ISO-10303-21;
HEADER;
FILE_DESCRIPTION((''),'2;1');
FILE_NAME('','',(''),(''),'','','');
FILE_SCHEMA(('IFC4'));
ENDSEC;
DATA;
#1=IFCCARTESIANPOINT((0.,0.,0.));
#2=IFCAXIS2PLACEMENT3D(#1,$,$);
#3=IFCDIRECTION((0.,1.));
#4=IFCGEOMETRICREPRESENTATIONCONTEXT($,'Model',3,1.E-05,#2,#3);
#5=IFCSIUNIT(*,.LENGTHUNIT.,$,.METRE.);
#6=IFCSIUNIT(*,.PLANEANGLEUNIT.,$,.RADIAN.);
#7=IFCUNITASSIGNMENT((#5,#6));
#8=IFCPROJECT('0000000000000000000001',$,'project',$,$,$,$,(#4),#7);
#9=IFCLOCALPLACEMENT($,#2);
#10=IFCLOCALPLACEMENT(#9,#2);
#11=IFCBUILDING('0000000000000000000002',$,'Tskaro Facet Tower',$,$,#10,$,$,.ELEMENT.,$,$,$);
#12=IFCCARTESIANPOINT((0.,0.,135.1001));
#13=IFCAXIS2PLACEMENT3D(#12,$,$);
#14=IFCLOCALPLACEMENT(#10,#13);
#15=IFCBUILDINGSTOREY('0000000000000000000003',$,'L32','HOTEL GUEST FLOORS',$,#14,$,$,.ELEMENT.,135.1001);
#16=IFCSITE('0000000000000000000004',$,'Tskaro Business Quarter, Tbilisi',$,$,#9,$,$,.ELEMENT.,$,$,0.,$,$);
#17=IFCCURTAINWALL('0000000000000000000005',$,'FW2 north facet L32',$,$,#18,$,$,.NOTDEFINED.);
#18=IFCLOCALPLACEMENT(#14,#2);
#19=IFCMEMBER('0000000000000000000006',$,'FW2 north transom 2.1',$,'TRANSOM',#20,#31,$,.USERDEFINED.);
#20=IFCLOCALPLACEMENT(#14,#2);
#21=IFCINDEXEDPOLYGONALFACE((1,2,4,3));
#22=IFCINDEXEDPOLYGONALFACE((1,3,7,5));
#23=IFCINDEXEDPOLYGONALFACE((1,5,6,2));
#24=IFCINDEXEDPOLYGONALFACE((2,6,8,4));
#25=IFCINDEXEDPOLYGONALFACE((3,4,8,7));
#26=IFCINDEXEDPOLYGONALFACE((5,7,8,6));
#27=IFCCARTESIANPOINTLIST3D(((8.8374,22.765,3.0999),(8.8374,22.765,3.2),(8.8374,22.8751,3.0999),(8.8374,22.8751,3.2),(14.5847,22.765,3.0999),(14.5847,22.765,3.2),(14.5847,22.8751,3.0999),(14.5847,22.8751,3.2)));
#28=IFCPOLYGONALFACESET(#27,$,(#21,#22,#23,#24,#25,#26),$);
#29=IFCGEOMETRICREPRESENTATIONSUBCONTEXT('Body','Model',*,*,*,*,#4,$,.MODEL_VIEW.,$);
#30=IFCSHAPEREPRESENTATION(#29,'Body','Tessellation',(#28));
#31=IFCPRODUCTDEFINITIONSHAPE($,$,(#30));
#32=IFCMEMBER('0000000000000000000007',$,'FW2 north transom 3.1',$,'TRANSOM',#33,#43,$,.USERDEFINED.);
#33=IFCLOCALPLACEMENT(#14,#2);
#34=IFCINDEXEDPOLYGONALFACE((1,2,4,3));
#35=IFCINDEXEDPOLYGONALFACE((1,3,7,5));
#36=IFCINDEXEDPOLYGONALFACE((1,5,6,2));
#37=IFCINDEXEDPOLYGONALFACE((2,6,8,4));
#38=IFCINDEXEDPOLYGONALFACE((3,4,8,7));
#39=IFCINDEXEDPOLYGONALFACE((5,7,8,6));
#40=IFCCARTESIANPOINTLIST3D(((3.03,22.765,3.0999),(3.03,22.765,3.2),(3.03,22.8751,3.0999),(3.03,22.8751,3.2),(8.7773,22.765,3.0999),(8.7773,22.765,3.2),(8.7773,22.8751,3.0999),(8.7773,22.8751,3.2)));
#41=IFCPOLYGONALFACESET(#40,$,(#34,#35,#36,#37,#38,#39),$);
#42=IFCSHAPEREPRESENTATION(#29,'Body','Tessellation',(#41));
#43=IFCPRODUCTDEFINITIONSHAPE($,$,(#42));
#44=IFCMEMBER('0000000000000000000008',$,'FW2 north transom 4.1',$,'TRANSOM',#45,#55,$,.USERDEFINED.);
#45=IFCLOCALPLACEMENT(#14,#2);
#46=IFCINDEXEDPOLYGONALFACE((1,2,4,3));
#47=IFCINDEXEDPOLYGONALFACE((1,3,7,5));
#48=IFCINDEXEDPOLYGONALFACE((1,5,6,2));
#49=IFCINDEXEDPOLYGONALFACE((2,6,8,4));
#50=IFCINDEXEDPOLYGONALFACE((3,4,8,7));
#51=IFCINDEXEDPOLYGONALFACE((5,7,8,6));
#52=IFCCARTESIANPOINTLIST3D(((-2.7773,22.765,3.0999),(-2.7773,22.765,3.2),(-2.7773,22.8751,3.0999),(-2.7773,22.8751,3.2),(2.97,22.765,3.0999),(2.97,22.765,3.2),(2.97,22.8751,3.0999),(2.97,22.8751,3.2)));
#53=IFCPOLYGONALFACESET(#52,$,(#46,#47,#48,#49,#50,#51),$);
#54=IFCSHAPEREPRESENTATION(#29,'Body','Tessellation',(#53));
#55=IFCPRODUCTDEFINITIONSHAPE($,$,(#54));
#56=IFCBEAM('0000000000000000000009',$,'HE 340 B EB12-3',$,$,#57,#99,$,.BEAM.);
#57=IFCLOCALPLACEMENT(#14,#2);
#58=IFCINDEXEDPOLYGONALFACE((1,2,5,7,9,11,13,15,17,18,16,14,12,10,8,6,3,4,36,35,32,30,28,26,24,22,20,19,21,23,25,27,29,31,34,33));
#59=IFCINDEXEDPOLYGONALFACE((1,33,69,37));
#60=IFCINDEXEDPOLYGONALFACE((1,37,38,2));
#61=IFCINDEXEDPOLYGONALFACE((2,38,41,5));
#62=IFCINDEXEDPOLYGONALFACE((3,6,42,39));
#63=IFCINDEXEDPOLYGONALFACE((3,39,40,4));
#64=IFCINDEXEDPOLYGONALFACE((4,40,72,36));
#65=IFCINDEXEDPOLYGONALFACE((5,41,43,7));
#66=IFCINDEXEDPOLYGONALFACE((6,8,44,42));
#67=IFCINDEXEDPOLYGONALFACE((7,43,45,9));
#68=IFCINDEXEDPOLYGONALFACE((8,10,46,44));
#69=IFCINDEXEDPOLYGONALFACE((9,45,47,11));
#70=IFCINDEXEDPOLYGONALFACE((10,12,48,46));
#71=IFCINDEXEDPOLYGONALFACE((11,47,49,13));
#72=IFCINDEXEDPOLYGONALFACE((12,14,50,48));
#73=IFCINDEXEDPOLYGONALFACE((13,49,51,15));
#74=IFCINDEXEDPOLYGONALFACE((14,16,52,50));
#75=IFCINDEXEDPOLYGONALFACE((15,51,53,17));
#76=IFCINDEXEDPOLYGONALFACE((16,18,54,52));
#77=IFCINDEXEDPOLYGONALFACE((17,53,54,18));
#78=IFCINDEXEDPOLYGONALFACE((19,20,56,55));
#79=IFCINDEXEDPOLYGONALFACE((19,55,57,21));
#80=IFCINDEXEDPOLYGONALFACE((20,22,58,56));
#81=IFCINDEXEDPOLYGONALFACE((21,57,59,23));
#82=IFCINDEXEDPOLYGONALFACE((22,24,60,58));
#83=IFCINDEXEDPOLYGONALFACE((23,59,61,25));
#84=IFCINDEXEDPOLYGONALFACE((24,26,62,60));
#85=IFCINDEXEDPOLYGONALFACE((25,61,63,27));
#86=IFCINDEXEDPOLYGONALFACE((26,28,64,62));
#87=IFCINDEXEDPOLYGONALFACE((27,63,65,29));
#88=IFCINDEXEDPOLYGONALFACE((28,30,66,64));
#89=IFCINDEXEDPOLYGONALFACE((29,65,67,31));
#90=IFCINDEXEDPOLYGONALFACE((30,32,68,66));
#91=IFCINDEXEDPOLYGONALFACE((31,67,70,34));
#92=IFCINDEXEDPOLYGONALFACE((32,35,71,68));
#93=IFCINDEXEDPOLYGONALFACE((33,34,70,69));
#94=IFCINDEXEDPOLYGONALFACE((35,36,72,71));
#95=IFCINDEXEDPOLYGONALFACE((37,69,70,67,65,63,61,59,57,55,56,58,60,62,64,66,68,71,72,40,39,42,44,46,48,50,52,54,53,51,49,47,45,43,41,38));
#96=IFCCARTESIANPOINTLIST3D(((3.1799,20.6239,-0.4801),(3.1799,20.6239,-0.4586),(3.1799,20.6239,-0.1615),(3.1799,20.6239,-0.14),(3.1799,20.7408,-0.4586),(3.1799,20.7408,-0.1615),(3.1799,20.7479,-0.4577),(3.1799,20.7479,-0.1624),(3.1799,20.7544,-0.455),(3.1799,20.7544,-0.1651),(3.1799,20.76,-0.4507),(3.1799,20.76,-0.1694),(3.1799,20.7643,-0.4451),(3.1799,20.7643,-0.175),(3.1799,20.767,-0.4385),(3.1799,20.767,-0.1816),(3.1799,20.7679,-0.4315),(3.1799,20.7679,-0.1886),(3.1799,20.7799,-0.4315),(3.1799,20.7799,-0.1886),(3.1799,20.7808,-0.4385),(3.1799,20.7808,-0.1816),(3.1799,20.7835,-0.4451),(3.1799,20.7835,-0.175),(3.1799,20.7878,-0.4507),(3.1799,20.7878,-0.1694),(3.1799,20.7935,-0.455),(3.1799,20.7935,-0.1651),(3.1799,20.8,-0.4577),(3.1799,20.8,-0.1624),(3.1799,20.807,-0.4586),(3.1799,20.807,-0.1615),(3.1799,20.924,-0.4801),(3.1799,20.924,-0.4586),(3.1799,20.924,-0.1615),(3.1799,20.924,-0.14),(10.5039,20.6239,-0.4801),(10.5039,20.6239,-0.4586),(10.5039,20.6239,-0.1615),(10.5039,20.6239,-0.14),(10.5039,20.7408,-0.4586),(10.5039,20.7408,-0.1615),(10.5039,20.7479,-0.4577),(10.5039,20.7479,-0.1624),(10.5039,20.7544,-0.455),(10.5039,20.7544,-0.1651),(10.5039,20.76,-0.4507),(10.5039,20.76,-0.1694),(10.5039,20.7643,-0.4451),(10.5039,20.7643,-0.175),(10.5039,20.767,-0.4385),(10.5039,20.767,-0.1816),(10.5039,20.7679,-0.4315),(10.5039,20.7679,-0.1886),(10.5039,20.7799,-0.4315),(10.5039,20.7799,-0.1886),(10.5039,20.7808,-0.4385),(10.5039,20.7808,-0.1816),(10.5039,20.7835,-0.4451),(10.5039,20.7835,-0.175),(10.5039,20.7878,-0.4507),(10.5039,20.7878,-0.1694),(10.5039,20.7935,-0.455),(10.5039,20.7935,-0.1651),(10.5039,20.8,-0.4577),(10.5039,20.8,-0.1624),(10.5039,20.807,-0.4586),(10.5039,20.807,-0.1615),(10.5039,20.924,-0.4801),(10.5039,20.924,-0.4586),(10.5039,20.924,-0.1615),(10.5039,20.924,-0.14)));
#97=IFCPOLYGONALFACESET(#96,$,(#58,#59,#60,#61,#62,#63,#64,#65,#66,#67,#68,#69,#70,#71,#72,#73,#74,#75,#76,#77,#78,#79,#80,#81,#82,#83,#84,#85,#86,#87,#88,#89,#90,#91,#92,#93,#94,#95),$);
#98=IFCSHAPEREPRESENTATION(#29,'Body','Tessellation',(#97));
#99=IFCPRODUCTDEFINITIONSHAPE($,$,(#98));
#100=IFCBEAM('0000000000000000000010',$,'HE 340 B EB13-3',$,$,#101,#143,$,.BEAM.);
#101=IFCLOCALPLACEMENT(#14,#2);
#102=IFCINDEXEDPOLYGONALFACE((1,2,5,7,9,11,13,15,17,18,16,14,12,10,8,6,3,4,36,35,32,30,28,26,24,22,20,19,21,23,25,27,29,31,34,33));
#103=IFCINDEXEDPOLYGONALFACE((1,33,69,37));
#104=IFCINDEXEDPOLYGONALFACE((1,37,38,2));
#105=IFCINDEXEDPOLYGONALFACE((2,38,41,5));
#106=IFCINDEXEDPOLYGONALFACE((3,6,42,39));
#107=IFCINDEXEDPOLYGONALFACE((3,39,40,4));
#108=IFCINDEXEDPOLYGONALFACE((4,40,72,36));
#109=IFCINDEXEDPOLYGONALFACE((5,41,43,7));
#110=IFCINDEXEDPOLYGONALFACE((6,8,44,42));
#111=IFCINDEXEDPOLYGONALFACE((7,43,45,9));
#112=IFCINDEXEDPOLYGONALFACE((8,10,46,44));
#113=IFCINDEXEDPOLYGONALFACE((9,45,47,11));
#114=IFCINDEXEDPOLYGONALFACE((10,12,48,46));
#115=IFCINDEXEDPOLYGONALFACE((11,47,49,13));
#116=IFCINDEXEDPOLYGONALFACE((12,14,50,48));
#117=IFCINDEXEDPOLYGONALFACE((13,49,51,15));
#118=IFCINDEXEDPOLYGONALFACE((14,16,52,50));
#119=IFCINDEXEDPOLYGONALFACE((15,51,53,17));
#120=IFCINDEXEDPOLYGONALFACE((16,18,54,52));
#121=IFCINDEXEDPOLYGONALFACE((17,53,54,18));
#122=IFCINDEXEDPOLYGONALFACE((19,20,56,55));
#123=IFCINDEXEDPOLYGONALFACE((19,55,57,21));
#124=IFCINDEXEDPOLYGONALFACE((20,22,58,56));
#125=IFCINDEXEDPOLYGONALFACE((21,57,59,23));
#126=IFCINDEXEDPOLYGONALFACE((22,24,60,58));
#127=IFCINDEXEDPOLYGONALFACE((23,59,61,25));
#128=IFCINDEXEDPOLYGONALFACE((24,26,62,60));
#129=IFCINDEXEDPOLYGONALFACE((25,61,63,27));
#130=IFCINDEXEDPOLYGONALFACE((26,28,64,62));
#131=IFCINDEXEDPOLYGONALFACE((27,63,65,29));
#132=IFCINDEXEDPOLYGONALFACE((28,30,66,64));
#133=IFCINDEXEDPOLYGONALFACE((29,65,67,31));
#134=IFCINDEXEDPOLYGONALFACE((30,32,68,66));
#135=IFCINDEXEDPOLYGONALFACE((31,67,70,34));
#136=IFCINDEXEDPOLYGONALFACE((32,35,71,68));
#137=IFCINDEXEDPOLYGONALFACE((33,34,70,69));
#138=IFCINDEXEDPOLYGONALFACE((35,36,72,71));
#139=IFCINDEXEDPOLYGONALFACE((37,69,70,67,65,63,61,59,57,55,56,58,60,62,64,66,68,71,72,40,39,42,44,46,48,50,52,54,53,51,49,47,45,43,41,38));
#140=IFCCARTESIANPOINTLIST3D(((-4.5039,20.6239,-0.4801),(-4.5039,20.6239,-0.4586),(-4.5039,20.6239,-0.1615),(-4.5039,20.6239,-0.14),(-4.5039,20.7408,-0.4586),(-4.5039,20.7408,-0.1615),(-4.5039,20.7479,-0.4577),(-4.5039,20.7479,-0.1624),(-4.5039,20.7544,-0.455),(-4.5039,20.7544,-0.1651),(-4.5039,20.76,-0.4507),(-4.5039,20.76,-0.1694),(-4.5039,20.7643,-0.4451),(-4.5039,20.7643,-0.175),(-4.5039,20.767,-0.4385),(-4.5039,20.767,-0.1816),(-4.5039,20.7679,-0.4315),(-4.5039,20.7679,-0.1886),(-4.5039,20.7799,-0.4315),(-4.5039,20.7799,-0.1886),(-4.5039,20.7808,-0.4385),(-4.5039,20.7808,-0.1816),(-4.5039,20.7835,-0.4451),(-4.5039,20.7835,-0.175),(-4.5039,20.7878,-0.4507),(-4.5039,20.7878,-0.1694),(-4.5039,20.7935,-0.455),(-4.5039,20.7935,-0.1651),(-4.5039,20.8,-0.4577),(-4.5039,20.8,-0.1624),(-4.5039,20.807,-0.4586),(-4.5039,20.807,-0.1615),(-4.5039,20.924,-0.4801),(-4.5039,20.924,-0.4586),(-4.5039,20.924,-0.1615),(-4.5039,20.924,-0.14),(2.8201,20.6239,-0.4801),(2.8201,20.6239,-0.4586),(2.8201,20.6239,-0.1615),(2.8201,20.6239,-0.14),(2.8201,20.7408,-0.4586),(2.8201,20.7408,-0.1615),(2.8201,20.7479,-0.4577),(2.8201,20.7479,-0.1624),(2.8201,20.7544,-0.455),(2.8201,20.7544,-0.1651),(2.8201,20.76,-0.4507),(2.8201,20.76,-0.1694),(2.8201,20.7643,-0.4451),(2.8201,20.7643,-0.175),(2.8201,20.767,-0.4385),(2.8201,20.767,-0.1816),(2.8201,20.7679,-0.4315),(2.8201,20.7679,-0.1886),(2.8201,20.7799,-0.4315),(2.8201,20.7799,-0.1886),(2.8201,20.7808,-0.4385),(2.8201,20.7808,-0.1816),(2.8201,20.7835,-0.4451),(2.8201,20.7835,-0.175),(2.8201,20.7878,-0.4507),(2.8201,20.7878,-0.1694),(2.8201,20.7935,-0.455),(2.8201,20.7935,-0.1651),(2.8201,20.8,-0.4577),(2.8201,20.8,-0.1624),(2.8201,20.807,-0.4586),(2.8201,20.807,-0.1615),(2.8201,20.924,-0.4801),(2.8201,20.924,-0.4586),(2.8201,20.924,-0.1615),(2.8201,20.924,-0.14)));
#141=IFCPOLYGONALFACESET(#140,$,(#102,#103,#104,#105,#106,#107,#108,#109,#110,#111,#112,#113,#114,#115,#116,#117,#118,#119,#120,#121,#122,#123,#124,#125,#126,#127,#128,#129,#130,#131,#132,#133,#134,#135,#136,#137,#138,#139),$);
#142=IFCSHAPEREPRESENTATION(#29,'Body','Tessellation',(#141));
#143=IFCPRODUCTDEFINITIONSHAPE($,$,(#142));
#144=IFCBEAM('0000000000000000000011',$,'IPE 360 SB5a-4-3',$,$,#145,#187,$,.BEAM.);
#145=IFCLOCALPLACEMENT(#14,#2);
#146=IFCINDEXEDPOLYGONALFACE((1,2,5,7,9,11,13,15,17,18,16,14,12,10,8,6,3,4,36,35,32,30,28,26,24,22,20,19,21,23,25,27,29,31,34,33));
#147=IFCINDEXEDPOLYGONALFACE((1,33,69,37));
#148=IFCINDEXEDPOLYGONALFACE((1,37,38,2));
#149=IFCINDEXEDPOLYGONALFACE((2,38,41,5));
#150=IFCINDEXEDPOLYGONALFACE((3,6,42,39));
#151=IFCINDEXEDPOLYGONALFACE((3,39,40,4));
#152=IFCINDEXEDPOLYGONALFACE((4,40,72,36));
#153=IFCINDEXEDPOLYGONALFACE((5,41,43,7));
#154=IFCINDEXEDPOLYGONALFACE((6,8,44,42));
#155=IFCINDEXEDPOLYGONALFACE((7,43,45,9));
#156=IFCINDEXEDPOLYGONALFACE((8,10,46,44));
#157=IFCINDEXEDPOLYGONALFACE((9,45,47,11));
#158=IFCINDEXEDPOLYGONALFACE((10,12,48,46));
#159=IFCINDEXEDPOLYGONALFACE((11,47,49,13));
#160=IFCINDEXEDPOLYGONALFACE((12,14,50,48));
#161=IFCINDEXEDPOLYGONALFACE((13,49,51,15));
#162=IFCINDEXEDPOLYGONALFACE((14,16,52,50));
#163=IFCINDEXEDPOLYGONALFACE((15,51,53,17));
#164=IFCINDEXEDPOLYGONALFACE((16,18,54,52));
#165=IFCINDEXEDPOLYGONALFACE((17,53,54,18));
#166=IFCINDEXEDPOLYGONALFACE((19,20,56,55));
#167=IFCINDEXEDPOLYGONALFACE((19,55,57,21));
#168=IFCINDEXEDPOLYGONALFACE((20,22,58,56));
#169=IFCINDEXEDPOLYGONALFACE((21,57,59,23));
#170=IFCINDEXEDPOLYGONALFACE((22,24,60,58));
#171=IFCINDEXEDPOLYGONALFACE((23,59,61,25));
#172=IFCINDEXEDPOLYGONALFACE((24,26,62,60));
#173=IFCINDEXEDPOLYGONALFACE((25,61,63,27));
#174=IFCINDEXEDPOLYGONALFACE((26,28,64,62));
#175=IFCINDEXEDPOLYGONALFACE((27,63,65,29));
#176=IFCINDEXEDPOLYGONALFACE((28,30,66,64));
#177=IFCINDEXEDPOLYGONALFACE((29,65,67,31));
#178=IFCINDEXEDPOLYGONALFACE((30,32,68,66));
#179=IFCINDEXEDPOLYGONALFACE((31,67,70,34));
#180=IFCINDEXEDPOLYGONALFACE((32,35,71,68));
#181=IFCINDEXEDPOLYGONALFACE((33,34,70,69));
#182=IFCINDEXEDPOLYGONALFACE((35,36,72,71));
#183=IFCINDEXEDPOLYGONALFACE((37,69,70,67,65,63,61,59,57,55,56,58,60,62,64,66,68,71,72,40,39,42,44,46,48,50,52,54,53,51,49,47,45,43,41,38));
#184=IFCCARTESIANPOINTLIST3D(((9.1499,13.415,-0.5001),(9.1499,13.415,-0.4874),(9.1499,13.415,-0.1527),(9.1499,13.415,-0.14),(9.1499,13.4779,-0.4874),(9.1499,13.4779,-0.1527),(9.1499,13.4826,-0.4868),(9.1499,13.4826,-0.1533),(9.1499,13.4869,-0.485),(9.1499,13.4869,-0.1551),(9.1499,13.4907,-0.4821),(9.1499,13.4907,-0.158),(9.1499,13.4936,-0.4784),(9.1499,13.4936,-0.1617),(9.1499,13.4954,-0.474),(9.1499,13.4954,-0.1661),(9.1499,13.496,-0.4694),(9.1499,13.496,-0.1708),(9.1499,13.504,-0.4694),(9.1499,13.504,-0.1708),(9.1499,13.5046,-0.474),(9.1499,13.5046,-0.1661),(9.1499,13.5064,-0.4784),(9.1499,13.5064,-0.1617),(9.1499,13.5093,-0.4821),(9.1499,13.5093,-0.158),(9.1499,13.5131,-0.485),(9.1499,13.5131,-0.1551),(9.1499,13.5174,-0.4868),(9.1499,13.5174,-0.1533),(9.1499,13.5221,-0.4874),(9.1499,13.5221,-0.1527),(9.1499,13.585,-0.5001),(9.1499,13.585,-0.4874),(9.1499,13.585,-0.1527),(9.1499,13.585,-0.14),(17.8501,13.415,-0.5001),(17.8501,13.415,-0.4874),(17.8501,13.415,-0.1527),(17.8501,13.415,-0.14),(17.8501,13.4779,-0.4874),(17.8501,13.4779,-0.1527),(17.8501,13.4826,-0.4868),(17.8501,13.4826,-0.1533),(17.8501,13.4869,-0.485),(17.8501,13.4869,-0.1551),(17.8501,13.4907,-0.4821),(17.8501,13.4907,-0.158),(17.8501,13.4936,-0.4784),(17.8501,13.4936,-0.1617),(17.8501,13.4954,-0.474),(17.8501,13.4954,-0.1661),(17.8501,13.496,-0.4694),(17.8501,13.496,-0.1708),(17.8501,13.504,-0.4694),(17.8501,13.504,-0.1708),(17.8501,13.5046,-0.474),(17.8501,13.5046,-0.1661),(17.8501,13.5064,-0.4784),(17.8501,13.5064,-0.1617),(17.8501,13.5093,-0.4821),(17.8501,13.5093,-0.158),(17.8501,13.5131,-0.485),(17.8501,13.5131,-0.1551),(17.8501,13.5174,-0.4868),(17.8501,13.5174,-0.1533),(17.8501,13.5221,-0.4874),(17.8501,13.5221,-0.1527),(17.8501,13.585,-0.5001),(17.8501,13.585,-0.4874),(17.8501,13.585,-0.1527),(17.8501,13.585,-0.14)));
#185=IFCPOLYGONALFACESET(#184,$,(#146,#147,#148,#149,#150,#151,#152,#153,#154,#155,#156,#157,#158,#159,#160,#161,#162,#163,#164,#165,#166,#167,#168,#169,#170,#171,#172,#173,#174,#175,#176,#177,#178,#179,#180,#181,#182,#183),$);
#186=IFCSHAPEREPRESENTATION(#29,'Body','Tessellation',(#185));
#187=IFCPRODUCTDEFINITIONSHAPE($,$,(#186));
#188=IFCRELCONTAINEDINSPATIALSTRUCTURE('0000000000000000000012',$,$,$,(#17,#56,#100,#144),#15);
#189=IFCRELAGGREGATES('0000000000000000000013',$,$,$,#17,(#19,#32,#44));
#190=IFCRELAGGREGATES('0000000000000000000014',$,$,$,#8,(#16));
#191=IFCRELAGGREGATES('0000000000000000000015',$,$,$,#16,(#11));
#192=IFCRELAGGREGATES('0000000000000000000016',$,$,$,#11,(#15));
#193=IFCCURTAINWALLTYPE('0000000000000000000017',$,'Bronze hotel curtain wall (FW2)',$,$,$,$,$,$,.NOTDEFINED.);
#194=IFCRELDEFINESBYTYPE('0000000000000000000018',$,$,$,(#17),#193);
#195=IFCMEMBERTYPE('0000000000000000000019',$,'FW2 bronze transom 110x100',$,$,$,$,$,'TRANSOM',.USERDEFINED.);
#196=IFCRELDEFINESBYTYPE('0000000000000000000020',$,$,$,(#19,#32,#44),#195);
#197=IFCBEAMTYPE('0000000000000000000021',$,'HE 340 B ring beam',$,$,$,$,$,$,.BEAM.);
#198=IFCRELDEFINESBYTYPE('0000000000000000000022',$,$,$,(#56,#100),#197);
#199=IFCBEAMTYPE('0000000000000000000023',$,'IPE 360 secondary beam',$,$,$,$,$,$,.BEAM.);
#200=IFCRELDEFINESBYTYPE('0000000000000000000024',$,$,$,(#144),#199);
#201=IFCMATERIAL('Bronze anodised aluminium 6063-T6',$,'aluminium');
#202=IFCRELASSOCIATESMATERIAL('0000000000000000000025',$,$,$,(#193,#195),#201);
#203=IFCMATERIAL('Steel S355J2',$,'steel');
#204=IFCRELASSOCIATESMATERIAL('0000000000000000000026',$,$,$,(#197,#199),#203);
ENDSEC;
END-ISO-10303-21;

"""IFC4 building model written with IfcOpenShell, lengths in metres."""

from ifc_helpers import new_model, si_unit, direction, frame, origin, origin_2d, place, context, subcontext, project, spatial, rectangle, i_section, extrude, material, material_profile, profile_set, type_object, element, aggregate, save


model = new_model("IFC4")

# Units and contexts
model_context = context("Model", 3, precision=1e-05, world=origin(), true_north=direction((0.0, 1.0)))
body_context = subcontext(model_context, "Body", "Model", "MODEL_VIEW")
ifc_project = project(units=[si_unit("LENGTHUNIT", "METRE"), si_unit("PLANEANGLEUNIT", "RADIAN")], contexts=[model_context])

# Site, building, storey
site_placement = place(None, origin())
site = spatial("IfcSite", under=ifc_project, at=site_placement, Name="Tskaro Business Quarter, Tbilisi", CompositionType="ELEMENT", RefElevation=0.0)
building_placement = place(site_placement, origin())
building = spatial("IfcBuilding", under=site, at=building_placement, Name="Tskaro Facet Tower", CompositionType="ELEMENT")
storey_placement = place(building_placement, frame((0.0, 0.0, 135.1001)))
storey = spatial("IfcBuildingStorey", under=building, at=storey_placement, Name="L32", Description="HOTEL GUEST FLOORS", CompositionType="ELEMENT", Elevation=135.1001)

# Curtain wall, members
ifc_material_1 = material(Name="Bronze anodised aluminium 6063-T6", Category="aluminium")
curtain_wall_type = type_object("IfcCurtainWallType", Name="Bronze hotel curtain wall (FW2)", PredefinedType="NOTDEFINED", material=ifc_material_1)
curtain_wall_placement = place(storey_placement, origin())
curtain_wall = element("IfcCurtainWall", 1, at=curtain_wall_placement, inside=storey, type_object=curtain_wall_type, Name="FW2 north facet L32", PredefinedType="NOTDEFINED")
ifc_material_profile_1 = material_profile(ifc_material_1, rectangle(XDim=0.1101, YDim=0.1001, at=origin_2d()), Name="Transom 110x100")
ifc_profile_set_1 = profile_set([ifc_material_profile_1], Name="Bronze anodised aluminium 6063-T6")
member_type_1 = type_object("IfcMemberType", Name="FW2 bronze transom 110x100", ElementType="TRANSOM", PredefinedType="USERDEFINED", material=ifc_profile_set_1)
member_1_placement = place(storey_placement, frame((14.5847, 22.8201, 3.1499), z_axis=(-1.0, 0.0, 0.0), x_axis=(0.0, -1.0, 0.0)))
member_1 = element("IfcMember", 2, at=member_1_placement, type_object=member_type_1, Name="FW2 north transom 2.1", ObjectType="TRANSOM", PredefinedType="USERDEFINED", context=body_context, shape_type="SweptSolid", body=[
    extrude(rectangle(XDim=0.1101, YDim=0.1001, at=origin_2d()), origin(), (0.0, 0.0, 1.0), 5.7473),
])
member_2_placement = place(storey_placement, frame((8.7773, 22.8201, 3.1499), z_axis=(-1.0, 0.0, 0.0), x_axis=(0.0, -1.0, 0.0)))
member_2 = element("IfcMember", 3, at=member_2_placement, type_object=member_type_1, Name="FW2 north transom 3.1", ObjectType="TRANSOM", PredefinedType="USERDEFINED", context=body_context, shape_type="SweptSolid", body=[
    extrude(rectangle(XDim=0.1101, YDim=0.1001, at=origin_2d()), origin(), (0.0, 0.0, 1.0), 5.7473),
])
member_3_placement = place(storey_placement, frame((2.97, 22.8201, 3.1499), z_axis=(-1.0, 0.0, 0.0), x_axis=(0.0, -1.0, 0.0)))
member_3 = element("IfcMember", 4, at=member_3_placement, type_object=member_type_1, Name="FW2 north transom 4.1", ObjectType="TRANSOM", PredefinedType="USERDEFINED", context=body_context, shape_type="SweptSolid", body=[
    extrude(rectangle(XDim=0.1101, YDim=0.1001, at=origin_2d()), origin(), (0.0, 0.0, 1.0), 5.7473),
])

# Beams
ifc_material_2 = material(Name="Steel S355J2", Category="steel")
ifc_material_profile_2 = material_profile(ifc_material_2, i_section(OverallWidth=0.3, OverallDepth=0.3401, WebThickness=0.012, FlangeThickness=0.0215, FilletRadius=0.0271, at=origin_2d()), Name="HE 340 B")
ifc_profile_set_2 = profile_set([ifc_material_profile_2], Name="Steel S355J2")
beam_type_1 = type_object("IfcBeamType", Name="HE 340 B ring beam", PredefinedType="BEAM", material=ifc_profile_set_2)
for number, where, z_axis, x_axis, name in (
    (5, (10.5039, 20.7739, -0.3101), (-1.0, 0.0, 0.0), (0.0, -1.0, 0.0), "HE 340 B EB12-3"),
    (6, (2.8201, 20.7739, -0.3101), (-1.0, 0.0, 0.0), (0.0, -1.0, 0.0), "HE 340 B EB13-3"),
):
    element("IfcBeam", number, at=place(storey_placement, frame(where, z_axis=z_axis, x_axis=x_axis)), inside=storey, type_object=beam_type_1, Name=name, PredefinedType="BEAM", context=body_context, shape_type="SweptSolid", body=[
        extrude(i_section(OverallWidth=0.3, OverallDepth=0.3401, WebThickness=0.012, FlangeThickness=0.0215, FilletRadius=0.0271, at=origin_2d()), origin(), (0.0, 0.0, 1.0), 7.324),
    ])
ifc_material_profile_3 = material_profile(ifc_material_2, i_section(OverallWidth=0.1699, OverallDepth=0.3601, WebThickness=0.0081, FlangeThickness=0.0127, FilletRadius=0.0181, at=origin_2d()), Name="IPE 360")
ifc_profile_set_3 = profile_set([ifc_material_profile_3], Name="Steel S355J2")
beam_type_2 = type_object("IfcBeamType", Name="IPE 360 secondary beam", PredefinedType="BEAM", material=ifc_profile_set_3)
beam_placement = place(storey_placement, frame((9.1499, 13.5, -0.3201), z_axis=(1.0, 0.0, 0.0), x_axis=(0.0, 1.0, 0.0)))
element("IfcBeam", 7, at=beam_placement, inside=storey, type_object=beam_type_2, Name="IPE 360 SB5a-4-3", PredefinedType="BEAM", context=body_context, shape_type="SweptSolid", body=[
    extrude(i_section(OverallWidth=0.1699, OverallDepth=0.3601, WebThickness=0.0081, FlangeThickness=0.0127, FilletRadius=0.0181, at=origin_2d()), origin(), (0.0, 0.0, 1.0), 8.7002),
])

aggregate(curtain_wall, [member_1, member_2, member_3])

save(model, "model.ifc")
